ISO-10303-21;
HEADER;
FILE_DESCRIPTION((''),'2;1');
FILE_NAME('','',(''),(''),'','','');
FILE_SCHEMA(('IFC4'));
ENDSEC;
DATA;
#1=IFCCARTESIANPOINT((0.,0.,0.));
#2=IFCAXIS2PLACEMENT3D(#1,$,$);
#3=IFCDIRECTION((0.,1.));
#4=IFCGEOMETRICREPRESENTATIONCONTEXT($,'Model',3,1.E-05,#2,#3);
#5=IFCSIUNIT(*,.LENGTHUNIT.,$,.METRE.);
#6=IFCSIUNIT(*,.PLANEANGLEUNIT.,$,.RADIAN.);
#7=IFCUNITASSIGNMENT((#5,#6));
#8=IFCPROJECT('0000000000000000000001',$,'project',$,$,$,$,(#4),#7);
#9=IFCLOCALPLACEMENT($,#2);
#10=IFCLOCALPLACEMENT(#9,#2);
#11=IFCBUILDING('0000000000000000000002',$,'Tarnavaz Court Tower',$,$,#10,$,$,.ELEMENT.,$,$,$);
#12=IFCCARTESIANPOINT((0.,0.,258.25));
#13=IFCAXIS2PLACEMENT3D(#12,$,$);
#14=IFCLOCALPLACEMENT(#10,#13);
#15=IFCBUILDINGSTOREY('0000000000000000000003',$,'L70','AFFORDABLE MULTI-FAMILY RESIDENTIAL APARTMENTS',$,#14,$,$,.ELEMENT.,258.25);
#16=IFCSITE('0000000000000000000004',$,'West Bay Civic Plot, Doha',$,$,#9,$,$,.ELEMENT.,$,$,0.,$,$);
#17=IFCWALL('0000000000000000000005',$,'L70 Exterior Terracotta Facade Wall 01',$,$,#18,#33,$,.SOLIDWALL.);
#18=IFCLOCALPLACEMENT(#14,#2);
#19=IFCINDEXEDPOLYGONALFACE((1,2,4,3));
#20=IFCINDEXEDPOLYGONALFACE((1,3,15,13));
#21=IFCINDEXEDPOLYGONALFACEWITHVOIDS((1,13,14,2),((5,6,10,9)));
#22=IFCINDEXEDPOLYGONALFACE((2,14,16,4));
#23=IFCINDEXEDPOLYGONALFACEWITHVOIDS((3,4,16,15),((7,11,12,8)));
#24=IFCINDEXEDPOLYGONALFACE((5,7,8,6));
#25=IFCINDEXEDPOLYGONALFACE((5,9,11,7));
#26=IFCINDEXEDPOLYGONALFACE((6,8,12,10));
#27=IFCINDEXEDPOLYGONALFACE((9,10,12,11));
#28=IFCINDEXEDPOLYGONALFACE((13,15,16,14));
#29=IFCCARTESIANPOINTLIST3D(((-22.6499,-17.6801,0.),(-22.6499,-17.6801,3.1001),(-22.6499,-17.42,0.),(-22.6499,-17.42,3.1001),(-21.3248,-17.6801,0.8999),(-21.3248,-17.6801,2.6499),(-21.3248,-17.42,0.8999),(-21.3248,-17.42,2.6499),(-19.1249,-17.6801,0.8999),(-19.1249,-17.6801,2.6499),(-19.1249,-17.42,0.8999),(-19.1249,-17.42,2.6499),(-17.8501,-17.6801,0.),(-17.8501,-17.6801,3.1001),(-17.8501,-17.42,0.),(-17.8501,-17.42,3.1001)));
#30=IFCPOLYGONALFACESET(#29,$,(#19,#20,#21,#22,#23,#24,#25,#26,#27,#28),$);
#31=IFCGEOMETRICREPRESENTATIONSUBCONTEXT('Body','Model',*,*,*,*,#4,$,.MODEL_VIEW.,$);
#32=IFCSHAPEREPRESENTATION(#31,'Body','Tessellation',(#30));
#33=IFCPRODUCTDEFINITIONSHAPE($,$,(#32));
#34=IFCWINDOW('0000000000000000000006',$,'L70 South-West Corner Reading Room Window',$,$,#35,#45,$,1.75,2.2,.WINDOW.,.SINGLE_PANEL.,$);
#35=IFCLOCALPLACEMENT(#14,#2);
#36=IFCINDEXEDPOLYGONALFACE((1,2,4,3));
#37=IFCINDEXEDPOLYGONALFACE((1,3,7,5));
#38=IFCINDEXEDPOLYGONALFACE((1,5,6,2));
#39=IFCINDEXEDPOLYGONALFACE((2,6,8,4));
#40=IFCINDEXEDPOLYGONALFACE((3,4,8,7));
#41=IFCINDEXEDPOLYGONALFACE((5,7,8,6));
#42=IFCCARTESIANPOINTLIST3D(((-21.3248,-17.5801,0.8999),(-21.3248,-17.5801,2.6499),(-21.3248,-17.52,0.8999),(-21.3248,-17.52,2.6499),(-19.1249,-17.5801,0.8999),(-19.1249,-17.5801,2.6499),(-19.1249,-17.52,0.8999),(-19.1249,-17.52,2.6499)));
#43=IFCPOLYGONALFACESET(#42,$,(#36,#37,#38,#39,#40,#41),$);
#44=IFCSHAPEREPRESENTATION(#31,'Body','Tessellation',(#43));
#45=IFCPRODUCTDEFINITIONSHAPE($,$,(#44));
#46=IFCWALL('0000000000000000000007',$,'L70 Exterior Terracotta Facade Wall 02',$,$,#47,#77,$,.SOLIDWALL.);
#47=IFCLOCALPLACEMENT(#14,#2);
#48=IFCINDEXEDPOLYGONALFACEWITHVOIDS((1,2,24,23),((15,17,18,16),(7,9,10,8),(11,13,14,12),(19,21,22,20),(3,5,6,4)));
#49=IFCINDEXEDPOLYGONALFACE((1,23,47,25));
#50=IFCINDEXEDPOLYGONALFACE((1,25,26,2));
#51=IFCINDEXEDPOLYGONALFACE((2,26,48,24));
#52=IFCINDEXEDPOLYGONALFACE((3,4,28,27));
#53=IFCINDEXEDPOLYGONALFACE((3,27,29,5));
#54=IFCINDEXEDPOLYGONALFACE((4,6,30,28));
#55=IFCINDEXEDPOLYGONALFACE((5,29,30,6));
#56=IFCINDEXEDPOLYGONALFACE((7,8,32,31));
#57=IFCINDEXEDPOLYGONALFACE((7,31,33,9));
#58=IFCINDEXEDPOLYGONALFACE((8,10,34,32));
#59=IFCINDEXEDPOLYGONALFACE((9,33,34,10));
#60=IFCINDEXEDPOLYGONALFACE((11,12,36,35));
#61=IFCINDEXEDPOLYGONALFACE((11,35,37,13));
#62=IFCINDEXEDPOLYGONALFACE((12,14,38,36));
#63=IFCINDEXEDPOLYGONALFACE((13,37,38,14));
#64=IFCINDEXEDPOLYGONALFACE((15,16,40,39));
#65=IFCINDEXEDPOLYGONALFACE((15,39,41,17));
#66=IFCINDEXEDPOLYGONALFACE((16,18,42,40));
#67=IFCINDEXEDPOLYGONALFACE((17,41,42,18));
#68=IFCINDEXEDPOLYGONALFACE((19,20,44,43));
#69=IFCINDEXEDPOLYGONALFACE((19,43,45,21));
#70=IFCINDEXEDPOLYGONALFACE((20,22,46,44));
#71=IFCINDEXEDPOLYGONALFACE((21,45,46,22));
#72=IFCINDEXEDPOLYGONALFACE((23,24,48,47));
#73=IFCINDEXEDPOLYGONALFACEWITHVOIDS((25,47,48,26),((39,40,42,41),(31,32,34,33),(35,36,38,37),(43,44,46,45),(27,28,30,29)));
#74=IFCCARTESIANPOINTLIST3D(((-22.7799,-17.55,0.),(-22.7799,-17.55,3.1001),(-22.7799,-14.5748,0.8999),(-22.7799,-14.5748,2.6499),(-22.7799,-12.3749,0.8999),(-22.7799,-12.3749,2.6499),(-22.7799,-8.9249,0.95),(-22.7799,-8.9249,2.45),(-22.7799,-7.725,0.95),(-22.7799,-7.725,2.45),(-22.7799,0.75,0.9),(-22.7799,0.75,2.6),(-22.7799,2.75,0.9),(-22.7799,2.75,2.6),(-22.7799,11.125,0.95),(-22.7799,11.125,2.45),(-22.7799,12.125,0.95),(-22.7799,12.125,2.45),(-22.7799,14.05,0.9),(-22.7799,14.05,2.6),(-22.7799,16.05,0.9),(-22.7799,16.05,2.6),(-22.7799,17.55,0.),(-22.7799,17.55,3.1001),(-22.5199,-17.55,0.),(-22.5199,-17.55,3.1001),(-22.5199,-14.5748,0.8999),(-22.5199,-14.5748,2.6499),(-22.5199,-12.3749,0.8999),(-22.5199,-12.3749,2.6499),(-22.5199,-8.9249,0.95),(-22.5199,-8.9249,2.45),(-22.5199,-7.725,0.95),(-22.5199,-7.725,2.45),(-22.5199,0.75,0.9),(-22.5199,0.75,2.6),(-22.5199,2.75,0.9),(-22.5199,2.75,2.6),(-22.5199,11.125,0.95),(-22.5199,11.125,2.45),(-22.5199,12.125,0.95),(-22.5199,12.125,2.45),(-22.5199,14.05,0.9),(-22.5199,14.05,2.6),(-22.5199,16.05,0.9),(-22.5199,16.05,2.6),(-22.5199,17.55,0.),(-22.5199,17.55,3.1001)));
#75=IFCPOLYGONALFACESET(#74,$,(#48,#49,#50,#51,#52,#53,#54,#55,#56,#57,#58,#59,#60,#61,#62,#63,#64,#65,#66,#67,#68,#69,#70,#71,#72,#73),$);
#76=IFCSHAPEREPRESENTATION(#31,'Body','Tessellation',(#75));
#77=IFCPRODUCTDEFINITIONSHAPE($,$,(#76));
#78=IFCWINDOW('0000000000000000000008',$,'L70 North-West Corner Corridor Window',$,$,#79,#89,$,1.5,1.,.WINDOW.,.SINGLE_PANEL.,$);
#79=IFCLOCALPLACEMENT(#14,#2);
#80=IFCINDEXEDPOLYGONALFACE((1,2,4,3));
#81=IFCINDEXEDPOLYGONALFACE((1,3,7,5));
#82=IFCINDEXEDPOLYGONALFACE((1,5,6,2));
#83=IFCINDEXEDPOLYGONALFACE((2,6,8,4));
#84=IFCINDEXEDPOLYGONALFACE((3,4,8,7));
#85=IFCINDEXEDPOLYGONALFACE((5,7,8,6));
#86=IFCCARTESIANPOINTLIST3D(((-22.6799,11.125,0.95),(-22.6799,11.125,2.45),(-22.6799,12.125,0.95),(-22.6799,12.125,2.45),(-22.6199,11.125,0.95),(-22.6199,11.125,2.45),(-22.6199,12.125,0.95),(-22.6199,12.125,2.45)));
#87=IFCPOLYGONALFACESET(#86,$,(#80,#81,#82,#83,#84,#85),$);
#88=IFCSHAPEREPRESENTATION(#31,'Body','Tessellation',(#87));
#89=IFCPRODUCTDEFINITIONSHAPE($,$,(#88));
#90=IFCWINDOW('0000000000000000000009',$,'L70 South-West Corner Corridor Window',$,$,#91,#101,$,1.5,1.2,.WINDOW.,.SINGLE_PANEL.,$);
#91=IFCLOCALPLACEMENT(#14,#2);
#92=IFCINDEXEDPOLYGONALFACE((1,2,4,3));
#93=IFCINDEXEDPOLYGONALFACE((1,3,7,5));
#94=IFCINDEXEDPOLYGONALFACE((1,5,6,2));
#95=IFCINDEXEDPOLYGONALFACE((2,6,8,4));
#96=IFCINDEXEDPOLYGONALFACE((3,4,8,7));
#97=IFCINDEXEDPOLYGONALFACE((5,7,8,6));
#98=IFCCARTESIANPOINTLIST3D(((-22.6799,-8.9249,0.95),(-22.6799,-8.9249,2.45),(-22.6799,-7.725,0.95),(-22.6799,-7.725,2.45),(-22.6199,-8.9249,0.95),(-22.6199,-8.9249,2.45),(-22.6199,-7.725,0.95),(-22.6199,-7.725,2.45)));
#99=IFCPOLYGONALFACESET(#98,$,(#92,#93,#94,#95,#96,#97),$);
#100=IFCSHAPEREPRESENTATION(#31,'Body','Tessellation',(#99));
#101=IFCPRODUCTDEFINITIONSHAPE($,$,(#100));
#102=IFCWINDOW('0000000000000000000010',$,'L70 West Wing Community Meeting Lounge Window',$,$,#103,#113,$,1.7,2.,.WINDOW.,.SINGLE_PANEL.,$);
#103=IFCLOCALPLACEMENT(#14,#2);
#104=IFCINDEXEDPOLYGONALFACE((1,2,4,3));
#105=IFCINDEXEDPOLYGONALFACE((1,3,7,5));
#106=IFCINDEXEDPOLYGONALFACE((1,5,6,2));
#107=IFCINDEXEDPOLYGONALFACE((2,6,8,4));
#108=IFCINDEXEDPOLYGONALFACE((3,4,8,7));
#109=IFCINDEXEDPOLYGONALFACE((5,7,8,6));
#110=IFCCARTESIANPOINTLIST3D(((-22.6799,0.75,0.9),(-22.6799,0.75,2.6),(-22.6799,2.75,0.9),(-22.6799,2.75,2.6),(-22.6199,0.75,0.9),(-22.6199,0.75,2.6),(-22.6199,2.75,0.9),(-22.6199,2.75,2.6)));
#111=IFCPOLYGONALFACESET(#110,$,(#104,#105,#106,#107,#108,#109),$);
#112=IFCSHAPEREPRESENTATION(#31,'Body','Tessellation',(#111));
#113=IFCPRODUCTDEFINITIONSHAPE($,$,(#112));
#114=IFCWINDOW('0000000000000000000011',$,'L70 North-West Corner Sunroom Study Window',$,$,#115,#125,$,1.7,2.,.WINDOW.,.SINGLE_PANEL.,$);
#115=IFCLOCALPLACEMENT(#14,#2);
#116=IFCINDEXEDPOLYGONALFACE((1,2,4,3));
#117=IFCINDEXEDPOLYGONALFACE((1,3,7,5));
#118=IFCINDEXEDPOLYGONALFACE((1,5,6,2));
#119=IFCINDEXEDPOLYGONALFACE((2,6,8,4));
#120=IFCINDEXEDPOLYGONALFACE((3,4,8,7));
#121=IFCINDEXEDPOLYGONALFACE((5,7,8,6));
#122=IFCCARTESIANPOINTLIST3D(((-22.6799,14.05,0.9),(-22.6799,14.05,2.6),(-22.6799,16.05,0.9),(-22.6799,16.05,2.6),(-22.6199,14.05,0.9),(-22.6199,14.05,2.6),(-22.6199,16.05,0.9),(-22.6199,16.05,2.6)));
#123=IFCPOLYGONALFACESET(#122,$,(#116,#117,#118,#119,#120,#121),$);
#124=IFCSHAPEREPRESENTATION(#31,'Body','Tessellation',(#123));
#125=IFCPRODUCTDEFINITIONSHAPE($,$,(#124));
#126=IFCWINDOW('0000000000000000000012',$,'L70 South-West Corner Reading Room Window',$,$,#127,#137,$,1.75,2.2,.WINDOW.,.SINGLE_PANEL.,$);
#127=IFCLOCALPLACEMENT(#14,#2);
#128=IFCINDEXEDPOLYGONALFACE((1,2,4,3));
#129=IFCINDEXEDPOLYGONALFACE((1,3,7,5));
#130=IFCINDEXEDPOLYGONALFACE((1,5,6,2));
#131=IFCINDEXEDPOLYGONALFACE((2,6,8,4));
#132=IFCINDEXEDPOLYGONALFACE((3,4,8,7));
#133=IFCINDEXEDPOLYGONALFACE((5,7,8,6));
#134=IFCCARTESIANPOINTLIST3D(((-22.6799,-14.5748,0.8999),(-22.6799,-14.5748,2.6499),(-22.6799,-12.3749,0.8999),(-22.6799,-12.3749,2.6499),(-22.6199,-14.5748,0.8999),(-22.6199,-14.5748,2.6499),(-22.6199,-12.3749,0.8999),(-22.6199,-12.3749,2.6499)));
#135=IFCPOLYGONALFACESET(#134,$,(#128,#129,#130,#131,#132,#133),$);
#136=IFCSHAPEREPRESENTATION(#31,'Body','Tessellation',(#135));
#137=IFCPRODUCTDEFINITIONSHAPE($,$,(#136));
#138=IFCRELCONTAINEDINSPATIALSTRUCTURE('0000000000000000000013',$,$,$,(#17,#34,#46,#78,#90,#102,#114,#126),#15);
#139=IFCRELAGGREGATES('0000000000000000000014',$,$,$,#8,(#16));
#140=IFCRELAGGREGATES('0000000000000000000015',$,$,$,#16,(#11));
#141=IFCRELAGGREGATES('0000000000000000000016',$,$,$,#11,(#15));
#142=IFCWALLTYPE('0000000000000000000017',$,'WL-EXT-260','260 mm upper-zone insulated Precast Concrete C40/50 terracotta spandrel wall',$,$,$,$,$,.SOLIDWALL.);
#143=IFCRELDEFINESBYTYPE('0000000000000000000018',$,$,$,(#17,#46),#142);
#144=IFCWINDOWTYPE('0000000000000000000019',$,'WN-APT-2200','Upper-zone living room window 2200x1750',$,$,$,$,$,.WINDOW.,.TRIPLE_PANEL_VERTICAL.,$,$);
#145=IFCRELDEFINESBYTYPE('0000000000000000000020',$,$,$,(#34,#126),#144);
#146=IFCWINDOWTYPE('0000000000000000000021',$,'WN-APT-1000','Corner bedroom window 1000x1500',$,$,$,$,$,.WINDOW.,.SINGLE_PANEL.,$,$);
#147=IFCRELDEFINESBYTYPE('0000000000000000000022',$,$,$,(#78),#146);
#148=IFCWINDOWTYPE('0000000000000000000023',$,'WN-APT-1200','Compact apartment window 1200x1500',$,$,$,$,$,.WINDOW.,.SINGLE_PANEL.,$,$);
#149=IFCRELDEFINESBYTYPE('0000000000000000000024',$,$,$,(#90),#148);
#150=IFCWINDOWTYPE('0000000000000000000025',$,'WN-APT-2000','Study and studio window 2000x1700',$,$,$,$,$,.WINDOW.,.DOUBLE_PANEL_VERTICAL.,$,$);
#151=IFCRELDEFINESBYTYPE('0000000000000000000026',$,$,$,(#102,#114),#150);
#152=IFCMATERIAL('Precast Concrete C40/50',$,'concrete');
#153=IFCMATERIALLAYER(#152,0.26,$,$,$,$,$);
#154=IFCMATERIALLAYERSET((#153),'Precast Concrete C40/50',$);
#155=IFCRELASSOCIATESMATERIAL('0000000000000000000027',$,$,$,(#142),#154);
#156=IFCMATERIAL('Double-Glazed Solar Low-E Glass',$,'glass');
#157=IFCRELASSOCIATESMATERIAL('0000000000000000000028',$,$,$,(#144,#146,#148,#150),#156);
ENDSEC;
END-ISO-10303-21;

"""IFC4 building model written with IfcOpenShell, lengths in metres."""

from ifc_helpers import new_model, si_unit, direction, frame, frame_2d, origin, place, context, subcontext, project, spatial, rectangle, extrude, material, layer, layer_set, type_object, element, fill, save


model = new_model("IFC4")

# Units and contexts
model_context = context("Model", 3, precision=1e-05, world=origin(), true_north=direction((0.0, 1.0)))
body_context = subcontext(model_context, "Body", "Model", "MODEL_VIEW")
ifc_project = project(units=[si_unit("LENGTHUNIT", "METRE"), si_unit("PLANEANGLEUNIT", "RADIAN")], contexts=[model_context])

# Site, building, storey
site_placement = place(None, origin())
site = spatial("IfcSite", under=ifc_project, at=site_placement, Name="West Bay Civic Plot, Doha", CompositionType="ELEMENT", RefElevation=0.0)
building_placement = place(site_placement, origin())
building = spatial("IfcBuilding", under=site, at=building_placement, Name="Tarnavaz Court Tower", CompositionType="ELEMENT")
storey_placement = place(building_placement, frame((0.0, 0.0, 258.25)))
storey = spatial("IfcBuildingStorey", under=building, at=storey_placement, Name="L70", Description="AFFORDABLE MULTI-FAMILY RESIDENTIAL APARTMENTS", CompositionType="ELEMENT", Elevation=258.25)

# Wall, opening, window
ifc_material_1 = material(Name="Precast Concrete C40/50", Category="concrete")
ifc_layer_1 = layer(ifc_material_1, 0.26)
ifc_layer_set_1 = layer_set([ifc_layer_1], Name="Precast Concrete C40/50")
wall_type_1 = type_object("IfcWallType", Name="WL-EXT-260", Description="260 mm upper-zone insulated Precast Concrete C40/50 terracotta spandrel wall", PredefinedType="SOLIDWALL", material=ifc_layer_set_1)
wall_1_placement = place(storey_placement, frame((-17.8501, -17.55, 0.0), z_axis=(0.0, 0.0, 1.0), x_axis=(-1.0, 0.0, 0.0)))
wall_1 = element("IfcWall", 1, at=wall_1_placement, inside=storey, type_object=wall_type_1, Name="L70 Exterior Terracotta Facade Wall 01", PredefinedType="SOLIDWALL", context=body_context, shape_type="SweptSolid", body=[
    extrude(rectangle(XDim=4.7998, YDim=0.26, at=frame_2d((2.3999, 0.0))), origin(), (0.0, 0.0, 1.0), 3.1001),
])
opening_1_placement = place(wall_1_placement, frame((1.2747, 0.0, 0.8999)))
opening_1 = element("IfcOpeningElement", 2, at=opening_1_placement, cuts=wall_1, PredefinedType="OPENING", context=body_context, shape_type="SweptSolid", body=[
    extrude(rectangle(XDim=2.2, YDim=1.75, at=frame_2d((1.1001, 0.875))), frame((0.0, 0.1399, 0.0), z_axis=(0.0, -1.0, 0.0), x_axis=(1.0, 0.0, 0.0)), (0.0, 0.0, 1.0), 0.28),
])
ifc_material_2 = material(Name="Double-Glazed Solar Low-E Glass", Category="glass")
window_type_1 = type_object("IfcWindowType", Name="WN-APT-2200", Description="Upper-zone living room window 2200x1750", PartitioningType="TRIPLE_PANEL_VERTICAL", PredefinedType="WINDOW", material=ifc_material_2)
window_1_placement = place(opening_1_placement, origin())
window_1 = element("IfcWindow", 3, at=window_1_placement, inside=storey, type_object=window_type_1, Name="L70 South-West Corner Reading Room Window", OverallHeight=1.75, OverallWidth=2.2, PartitioningType="SINGLE_PANEL", PredefinedType="WINDOW", context=body_context, shape_type="SweptSolid", body=[
    extrude(rectangle(XDim=2.2, YDim=1.75, at=frame_2d((1.1001, 0.875))), frame((0.0, 0.03, 0.0), z_axis=(0.0, -1.0, 0.0), x_axis=(1.0, 0.0, 0.0)), (0.0, 0.0, 1.0), 0.0601),
])
fill(opening_1, window_1)

# Wall, openings, windows
wall_2_placement = place(storey_placement, frame((-22.6499, -17.55, 0.0), z_axis=(0.0, 0.0, 1.0), x_axis=(0.0, 1.0, 0.0)))
wall_2 = element("IfcWall", 4, at=wall_2_placement, inside=storey, type_object=wall_type_1, Name="L70 Exterior Terracotta Facade Wall 02", PredefinedType="SOLIDWALL", context=body_context, shape_type="SweptSolid", body=[
    extrude(rectangle(XDim=35.1001, YDim=0.26, at=frame_2d((17.55, 0.0))), origin(), (0.0, 0.0, 1.0), 3.1001),
])
opening_2_placement = place(wall_2_placement, frame((2.9751, 0.0, 0.8999)))
opening_2 = element("IfcOpeningElement", 5, at=opening_2_placement, cuts=wall_2, PredefinedType="OPENING", context=body_context, shape_type="SweptSolid", body=[
    extrude(rectangle(XDim=2.2, YDim=1.75, at=frame_2d((1.1001, 0.875))), frame((0.0, 0.1399, 0.0), z_axis=(0.0, -1.0, 0.0), x_axis=(1.0, 0.0, 0.0)), (0.0, 0.0, 1.0), 0.28),
])
opening_3_placement = place(wall_2_placement, frame((8.625, 0.0, 0.95)))
opening_3 = element("IfcOpeningElement", 6, at=opening_3_placement, cuts=wall_2, PredefinedType="OPENING", context=body_context, shape_type="SweptSolid", body=[
    extrude(rectangle(XDim=1.2, YDim=1.5, at=frame_2d((0.6001, 0.75))), frame((0.0, 0.1399, 0.0), z_axis=(0.0, -1.0, 0.0), x_axis=(1.0, 0.0, 0.0)), (0.0, 0.0, 1.0), 0.28),
])
opening_4_placement = place(wall_2_placement, frame((18.3, 0.0, 0.8999)))
opening_4 = element("IfcOpeningElement", 7, at=opening_4_placement, cuts=wall_2, PredefinedType="OPENING", context=body_context, shape_type="SweptSolid", body=[
    extrude(rectangle(XDim=2.0, YDim=1.7, at=frame_2d((1.0, 0.8501))), frame((0.0, 0.1399, 0.0), z_axis=(0.0, -1.0, 0.0), x_axis=(1.0, 0.0, 0.0)), (0.0, 0.0, 1.0), 0.28),
])
opening_5_placement = place(wall_2_placement, frame((28.675, 0.0, 0.95)))
opening_5 = element("IfcOpeningElement", 8, at=opening_5_placement, cuts=wall_2, PredefinedType="OPENING", context=body_context, shape_type="SweptSolid", body=[
    extrude(rectangle(XDim=1.0, YDim=1.5, at=frame_2d((0.5, 0.75))), frame((0.0, 0.1399, 0.0), z_axis=(0.0, -1.0, 0.0), x_axis=(1.0, 0.0, 0.0)), (0.0, 0.0, 1.0), 0.28),
])
opening_6_placement = place(wall_2_placement, frame((31.6001, 0.0, 0.8999)))
opening_6 = element("IfcOpeningElement", 9, at=opening_6_placement, cuts=wall_2, PredefinedType="OPENING", context=body_context, shape_type="SweptSolid", body=[
    extrude(rectangle(XDim=2.0, YDim=1.7, at=frame_2d((1.0, 0.8501))), frame((0.0, 0.1399, 0.0), z_axis=(0.0, -1.0, 0.0), x_axis=(1.0, 0.0, 0.0)), (0.0, 0.0, 1.0), 0.28),
])
window_type_2 = type_object("IfcWindowType", Name="WN-APT-1000", Description="Corner bedroom window 1000x1500", PartitioningType="SINGLE_PANEL", PredefinedType="WINDOW", material=ifc_material_2)
window_2_placement = place(opening_5_placement, origin())
window_2 = element("IfcWindow", 10, at=window_2_placement, inside=storey, type_object=window_type_2, Name="L70 North-West Corner Corridor Window", OverallHeight=1.5, OverallWidth=1.0, PartitioningType="SINGLE_PANEL", PredefinedType="WINDOW", context=body_context, shape_type="SweptSolid", body=[
    extrude(rectangle(XDim=1.0, YDim=1.5, at=frame_2d((0.5, 0.75))), frame((0.0, 0.03, 0.0), z_axis=(0.0, -1.0, 0.0), x_axis=(1.0, 0.0, 0.0)), (0.0, 0.0, 1.0), 0.0601),
])
fill(opening_5, window_2)
window_type_3 = type_object("IfcWindowType", Name="WN-APT-1200", Description="Compact apartment window 1200x1500", PartitioningType="SINGLE_PANEL", PredefinedType="WINDOW", material=ifc_material_2)
window_3_placement = place(opening_3_placement, origin())
window_3 = element("IfcWindow", 11, at=window_3_placement, inside=storey, type_object=window_type_3, Name="L70 South-West Corner Corridor Window", OverallHeight=1.5, OverallWidth=1.2, PartitioningType="SINGLE_PANEL", PredefinedType="WINDOW", context=body_context, shape_type="SweptSolid", body=[
    extrude(rectangle(XDim=1.2, YDim=1.5, at=frame_2d((0.6001, 0.75))), frame((0.0, 0.03, 0.0), z_axis=(0.0, -1.0, 0.0), x_axis=(1.0, 0.0, 0.0)), (0.0, 0.0, 1.0), 0.0601),
])
fill(opening_3, window_3)
window_type_4 = type_object("IfcWindowType", Name="WN-APT-2000", Description="Study and studio window 2000x1700", PartitioningType="DOUBLE_PANEL_VERTICAL", PredefinedType="WINDOW", material=ifc_material_2)
window_4_placement = place(opening_4_placement, origin())
window_4 = element("IfcWindow", 12, at=window_4_placement, inside=storey, type_object=window_type_4, Name="L70 West Wing Community Meeting Lounge Window", OverallHeight=1.7, OverallWidth=2.0, PartitioningType="SINGLE_PANEL", PredefinedType="WINDOW", context=body_context, shape_type="SweptSolid", body=[
    extrude(rectangle(XDim=2.0, YDim=1.7, at=frame_2d((1.0, 0.8501))), frame((0.0, 0.03, 0.0), z_axis=(0.0, -1.0, 0.0), x_axis=(1.0, 0.0, 0.0)), (0.0, 0.0, 1.0), 0.0601),
])
fill(opening_4, window_4)
window_5_placement = place(opening_6_placement, origin())
window_5 = element("IfcWindow", 13, at=window_5_placement, inside=storey, type_object=window_type_4, Name="L70 North-West Corner Sunroom Study Window", OverallHeight=1.7, OverallWidth=2.0, PartitioningType="SINGLE_PANEL", PredefinedType="WINDOW", context=body_context, shape_type="SweptSolid", body=[
    extrude(rectangle(XDim=2.0, YDim=1.7, at=frame_2d((1.0, 0.8501))), frame((0.0, 0.03, 0.0), z_axis=(0.0, -1.0, 0.0), x_axis=(1.0, 0.0, 0.0)), (0.0, 0.0, 1.0), 0.0601),
])
fill(opening_6, window_5)
window_6_placement = place(opening_2_placement, origin())
window_6 = element("IfcWindow", 14, at=window_6_placement, inside=storey, type_object=window_type_1, Name="L70 South-West Corner Reading Room Window", OverallHeight=1.75, OverallWidth=2.2, PartitioningType="SINGLE_PANEL", PredefinedType="WINDOW", context=body_context, shape_type="SweptSolid", body=[
    extrude(rectangle(XDim=2.2, YDim=1.75, at=frame_2d((1.1001, 0.875))), frame((0.0, 0.03, 0.0), z_axis=(0.0, -1.0, 0.0), x_axis=(1.0, 0.0, 0.0)), (0.0, 0.0, 1.0), 0.0601),
])
fill(opening_2, window_6)

save(model, "model.ifc")
